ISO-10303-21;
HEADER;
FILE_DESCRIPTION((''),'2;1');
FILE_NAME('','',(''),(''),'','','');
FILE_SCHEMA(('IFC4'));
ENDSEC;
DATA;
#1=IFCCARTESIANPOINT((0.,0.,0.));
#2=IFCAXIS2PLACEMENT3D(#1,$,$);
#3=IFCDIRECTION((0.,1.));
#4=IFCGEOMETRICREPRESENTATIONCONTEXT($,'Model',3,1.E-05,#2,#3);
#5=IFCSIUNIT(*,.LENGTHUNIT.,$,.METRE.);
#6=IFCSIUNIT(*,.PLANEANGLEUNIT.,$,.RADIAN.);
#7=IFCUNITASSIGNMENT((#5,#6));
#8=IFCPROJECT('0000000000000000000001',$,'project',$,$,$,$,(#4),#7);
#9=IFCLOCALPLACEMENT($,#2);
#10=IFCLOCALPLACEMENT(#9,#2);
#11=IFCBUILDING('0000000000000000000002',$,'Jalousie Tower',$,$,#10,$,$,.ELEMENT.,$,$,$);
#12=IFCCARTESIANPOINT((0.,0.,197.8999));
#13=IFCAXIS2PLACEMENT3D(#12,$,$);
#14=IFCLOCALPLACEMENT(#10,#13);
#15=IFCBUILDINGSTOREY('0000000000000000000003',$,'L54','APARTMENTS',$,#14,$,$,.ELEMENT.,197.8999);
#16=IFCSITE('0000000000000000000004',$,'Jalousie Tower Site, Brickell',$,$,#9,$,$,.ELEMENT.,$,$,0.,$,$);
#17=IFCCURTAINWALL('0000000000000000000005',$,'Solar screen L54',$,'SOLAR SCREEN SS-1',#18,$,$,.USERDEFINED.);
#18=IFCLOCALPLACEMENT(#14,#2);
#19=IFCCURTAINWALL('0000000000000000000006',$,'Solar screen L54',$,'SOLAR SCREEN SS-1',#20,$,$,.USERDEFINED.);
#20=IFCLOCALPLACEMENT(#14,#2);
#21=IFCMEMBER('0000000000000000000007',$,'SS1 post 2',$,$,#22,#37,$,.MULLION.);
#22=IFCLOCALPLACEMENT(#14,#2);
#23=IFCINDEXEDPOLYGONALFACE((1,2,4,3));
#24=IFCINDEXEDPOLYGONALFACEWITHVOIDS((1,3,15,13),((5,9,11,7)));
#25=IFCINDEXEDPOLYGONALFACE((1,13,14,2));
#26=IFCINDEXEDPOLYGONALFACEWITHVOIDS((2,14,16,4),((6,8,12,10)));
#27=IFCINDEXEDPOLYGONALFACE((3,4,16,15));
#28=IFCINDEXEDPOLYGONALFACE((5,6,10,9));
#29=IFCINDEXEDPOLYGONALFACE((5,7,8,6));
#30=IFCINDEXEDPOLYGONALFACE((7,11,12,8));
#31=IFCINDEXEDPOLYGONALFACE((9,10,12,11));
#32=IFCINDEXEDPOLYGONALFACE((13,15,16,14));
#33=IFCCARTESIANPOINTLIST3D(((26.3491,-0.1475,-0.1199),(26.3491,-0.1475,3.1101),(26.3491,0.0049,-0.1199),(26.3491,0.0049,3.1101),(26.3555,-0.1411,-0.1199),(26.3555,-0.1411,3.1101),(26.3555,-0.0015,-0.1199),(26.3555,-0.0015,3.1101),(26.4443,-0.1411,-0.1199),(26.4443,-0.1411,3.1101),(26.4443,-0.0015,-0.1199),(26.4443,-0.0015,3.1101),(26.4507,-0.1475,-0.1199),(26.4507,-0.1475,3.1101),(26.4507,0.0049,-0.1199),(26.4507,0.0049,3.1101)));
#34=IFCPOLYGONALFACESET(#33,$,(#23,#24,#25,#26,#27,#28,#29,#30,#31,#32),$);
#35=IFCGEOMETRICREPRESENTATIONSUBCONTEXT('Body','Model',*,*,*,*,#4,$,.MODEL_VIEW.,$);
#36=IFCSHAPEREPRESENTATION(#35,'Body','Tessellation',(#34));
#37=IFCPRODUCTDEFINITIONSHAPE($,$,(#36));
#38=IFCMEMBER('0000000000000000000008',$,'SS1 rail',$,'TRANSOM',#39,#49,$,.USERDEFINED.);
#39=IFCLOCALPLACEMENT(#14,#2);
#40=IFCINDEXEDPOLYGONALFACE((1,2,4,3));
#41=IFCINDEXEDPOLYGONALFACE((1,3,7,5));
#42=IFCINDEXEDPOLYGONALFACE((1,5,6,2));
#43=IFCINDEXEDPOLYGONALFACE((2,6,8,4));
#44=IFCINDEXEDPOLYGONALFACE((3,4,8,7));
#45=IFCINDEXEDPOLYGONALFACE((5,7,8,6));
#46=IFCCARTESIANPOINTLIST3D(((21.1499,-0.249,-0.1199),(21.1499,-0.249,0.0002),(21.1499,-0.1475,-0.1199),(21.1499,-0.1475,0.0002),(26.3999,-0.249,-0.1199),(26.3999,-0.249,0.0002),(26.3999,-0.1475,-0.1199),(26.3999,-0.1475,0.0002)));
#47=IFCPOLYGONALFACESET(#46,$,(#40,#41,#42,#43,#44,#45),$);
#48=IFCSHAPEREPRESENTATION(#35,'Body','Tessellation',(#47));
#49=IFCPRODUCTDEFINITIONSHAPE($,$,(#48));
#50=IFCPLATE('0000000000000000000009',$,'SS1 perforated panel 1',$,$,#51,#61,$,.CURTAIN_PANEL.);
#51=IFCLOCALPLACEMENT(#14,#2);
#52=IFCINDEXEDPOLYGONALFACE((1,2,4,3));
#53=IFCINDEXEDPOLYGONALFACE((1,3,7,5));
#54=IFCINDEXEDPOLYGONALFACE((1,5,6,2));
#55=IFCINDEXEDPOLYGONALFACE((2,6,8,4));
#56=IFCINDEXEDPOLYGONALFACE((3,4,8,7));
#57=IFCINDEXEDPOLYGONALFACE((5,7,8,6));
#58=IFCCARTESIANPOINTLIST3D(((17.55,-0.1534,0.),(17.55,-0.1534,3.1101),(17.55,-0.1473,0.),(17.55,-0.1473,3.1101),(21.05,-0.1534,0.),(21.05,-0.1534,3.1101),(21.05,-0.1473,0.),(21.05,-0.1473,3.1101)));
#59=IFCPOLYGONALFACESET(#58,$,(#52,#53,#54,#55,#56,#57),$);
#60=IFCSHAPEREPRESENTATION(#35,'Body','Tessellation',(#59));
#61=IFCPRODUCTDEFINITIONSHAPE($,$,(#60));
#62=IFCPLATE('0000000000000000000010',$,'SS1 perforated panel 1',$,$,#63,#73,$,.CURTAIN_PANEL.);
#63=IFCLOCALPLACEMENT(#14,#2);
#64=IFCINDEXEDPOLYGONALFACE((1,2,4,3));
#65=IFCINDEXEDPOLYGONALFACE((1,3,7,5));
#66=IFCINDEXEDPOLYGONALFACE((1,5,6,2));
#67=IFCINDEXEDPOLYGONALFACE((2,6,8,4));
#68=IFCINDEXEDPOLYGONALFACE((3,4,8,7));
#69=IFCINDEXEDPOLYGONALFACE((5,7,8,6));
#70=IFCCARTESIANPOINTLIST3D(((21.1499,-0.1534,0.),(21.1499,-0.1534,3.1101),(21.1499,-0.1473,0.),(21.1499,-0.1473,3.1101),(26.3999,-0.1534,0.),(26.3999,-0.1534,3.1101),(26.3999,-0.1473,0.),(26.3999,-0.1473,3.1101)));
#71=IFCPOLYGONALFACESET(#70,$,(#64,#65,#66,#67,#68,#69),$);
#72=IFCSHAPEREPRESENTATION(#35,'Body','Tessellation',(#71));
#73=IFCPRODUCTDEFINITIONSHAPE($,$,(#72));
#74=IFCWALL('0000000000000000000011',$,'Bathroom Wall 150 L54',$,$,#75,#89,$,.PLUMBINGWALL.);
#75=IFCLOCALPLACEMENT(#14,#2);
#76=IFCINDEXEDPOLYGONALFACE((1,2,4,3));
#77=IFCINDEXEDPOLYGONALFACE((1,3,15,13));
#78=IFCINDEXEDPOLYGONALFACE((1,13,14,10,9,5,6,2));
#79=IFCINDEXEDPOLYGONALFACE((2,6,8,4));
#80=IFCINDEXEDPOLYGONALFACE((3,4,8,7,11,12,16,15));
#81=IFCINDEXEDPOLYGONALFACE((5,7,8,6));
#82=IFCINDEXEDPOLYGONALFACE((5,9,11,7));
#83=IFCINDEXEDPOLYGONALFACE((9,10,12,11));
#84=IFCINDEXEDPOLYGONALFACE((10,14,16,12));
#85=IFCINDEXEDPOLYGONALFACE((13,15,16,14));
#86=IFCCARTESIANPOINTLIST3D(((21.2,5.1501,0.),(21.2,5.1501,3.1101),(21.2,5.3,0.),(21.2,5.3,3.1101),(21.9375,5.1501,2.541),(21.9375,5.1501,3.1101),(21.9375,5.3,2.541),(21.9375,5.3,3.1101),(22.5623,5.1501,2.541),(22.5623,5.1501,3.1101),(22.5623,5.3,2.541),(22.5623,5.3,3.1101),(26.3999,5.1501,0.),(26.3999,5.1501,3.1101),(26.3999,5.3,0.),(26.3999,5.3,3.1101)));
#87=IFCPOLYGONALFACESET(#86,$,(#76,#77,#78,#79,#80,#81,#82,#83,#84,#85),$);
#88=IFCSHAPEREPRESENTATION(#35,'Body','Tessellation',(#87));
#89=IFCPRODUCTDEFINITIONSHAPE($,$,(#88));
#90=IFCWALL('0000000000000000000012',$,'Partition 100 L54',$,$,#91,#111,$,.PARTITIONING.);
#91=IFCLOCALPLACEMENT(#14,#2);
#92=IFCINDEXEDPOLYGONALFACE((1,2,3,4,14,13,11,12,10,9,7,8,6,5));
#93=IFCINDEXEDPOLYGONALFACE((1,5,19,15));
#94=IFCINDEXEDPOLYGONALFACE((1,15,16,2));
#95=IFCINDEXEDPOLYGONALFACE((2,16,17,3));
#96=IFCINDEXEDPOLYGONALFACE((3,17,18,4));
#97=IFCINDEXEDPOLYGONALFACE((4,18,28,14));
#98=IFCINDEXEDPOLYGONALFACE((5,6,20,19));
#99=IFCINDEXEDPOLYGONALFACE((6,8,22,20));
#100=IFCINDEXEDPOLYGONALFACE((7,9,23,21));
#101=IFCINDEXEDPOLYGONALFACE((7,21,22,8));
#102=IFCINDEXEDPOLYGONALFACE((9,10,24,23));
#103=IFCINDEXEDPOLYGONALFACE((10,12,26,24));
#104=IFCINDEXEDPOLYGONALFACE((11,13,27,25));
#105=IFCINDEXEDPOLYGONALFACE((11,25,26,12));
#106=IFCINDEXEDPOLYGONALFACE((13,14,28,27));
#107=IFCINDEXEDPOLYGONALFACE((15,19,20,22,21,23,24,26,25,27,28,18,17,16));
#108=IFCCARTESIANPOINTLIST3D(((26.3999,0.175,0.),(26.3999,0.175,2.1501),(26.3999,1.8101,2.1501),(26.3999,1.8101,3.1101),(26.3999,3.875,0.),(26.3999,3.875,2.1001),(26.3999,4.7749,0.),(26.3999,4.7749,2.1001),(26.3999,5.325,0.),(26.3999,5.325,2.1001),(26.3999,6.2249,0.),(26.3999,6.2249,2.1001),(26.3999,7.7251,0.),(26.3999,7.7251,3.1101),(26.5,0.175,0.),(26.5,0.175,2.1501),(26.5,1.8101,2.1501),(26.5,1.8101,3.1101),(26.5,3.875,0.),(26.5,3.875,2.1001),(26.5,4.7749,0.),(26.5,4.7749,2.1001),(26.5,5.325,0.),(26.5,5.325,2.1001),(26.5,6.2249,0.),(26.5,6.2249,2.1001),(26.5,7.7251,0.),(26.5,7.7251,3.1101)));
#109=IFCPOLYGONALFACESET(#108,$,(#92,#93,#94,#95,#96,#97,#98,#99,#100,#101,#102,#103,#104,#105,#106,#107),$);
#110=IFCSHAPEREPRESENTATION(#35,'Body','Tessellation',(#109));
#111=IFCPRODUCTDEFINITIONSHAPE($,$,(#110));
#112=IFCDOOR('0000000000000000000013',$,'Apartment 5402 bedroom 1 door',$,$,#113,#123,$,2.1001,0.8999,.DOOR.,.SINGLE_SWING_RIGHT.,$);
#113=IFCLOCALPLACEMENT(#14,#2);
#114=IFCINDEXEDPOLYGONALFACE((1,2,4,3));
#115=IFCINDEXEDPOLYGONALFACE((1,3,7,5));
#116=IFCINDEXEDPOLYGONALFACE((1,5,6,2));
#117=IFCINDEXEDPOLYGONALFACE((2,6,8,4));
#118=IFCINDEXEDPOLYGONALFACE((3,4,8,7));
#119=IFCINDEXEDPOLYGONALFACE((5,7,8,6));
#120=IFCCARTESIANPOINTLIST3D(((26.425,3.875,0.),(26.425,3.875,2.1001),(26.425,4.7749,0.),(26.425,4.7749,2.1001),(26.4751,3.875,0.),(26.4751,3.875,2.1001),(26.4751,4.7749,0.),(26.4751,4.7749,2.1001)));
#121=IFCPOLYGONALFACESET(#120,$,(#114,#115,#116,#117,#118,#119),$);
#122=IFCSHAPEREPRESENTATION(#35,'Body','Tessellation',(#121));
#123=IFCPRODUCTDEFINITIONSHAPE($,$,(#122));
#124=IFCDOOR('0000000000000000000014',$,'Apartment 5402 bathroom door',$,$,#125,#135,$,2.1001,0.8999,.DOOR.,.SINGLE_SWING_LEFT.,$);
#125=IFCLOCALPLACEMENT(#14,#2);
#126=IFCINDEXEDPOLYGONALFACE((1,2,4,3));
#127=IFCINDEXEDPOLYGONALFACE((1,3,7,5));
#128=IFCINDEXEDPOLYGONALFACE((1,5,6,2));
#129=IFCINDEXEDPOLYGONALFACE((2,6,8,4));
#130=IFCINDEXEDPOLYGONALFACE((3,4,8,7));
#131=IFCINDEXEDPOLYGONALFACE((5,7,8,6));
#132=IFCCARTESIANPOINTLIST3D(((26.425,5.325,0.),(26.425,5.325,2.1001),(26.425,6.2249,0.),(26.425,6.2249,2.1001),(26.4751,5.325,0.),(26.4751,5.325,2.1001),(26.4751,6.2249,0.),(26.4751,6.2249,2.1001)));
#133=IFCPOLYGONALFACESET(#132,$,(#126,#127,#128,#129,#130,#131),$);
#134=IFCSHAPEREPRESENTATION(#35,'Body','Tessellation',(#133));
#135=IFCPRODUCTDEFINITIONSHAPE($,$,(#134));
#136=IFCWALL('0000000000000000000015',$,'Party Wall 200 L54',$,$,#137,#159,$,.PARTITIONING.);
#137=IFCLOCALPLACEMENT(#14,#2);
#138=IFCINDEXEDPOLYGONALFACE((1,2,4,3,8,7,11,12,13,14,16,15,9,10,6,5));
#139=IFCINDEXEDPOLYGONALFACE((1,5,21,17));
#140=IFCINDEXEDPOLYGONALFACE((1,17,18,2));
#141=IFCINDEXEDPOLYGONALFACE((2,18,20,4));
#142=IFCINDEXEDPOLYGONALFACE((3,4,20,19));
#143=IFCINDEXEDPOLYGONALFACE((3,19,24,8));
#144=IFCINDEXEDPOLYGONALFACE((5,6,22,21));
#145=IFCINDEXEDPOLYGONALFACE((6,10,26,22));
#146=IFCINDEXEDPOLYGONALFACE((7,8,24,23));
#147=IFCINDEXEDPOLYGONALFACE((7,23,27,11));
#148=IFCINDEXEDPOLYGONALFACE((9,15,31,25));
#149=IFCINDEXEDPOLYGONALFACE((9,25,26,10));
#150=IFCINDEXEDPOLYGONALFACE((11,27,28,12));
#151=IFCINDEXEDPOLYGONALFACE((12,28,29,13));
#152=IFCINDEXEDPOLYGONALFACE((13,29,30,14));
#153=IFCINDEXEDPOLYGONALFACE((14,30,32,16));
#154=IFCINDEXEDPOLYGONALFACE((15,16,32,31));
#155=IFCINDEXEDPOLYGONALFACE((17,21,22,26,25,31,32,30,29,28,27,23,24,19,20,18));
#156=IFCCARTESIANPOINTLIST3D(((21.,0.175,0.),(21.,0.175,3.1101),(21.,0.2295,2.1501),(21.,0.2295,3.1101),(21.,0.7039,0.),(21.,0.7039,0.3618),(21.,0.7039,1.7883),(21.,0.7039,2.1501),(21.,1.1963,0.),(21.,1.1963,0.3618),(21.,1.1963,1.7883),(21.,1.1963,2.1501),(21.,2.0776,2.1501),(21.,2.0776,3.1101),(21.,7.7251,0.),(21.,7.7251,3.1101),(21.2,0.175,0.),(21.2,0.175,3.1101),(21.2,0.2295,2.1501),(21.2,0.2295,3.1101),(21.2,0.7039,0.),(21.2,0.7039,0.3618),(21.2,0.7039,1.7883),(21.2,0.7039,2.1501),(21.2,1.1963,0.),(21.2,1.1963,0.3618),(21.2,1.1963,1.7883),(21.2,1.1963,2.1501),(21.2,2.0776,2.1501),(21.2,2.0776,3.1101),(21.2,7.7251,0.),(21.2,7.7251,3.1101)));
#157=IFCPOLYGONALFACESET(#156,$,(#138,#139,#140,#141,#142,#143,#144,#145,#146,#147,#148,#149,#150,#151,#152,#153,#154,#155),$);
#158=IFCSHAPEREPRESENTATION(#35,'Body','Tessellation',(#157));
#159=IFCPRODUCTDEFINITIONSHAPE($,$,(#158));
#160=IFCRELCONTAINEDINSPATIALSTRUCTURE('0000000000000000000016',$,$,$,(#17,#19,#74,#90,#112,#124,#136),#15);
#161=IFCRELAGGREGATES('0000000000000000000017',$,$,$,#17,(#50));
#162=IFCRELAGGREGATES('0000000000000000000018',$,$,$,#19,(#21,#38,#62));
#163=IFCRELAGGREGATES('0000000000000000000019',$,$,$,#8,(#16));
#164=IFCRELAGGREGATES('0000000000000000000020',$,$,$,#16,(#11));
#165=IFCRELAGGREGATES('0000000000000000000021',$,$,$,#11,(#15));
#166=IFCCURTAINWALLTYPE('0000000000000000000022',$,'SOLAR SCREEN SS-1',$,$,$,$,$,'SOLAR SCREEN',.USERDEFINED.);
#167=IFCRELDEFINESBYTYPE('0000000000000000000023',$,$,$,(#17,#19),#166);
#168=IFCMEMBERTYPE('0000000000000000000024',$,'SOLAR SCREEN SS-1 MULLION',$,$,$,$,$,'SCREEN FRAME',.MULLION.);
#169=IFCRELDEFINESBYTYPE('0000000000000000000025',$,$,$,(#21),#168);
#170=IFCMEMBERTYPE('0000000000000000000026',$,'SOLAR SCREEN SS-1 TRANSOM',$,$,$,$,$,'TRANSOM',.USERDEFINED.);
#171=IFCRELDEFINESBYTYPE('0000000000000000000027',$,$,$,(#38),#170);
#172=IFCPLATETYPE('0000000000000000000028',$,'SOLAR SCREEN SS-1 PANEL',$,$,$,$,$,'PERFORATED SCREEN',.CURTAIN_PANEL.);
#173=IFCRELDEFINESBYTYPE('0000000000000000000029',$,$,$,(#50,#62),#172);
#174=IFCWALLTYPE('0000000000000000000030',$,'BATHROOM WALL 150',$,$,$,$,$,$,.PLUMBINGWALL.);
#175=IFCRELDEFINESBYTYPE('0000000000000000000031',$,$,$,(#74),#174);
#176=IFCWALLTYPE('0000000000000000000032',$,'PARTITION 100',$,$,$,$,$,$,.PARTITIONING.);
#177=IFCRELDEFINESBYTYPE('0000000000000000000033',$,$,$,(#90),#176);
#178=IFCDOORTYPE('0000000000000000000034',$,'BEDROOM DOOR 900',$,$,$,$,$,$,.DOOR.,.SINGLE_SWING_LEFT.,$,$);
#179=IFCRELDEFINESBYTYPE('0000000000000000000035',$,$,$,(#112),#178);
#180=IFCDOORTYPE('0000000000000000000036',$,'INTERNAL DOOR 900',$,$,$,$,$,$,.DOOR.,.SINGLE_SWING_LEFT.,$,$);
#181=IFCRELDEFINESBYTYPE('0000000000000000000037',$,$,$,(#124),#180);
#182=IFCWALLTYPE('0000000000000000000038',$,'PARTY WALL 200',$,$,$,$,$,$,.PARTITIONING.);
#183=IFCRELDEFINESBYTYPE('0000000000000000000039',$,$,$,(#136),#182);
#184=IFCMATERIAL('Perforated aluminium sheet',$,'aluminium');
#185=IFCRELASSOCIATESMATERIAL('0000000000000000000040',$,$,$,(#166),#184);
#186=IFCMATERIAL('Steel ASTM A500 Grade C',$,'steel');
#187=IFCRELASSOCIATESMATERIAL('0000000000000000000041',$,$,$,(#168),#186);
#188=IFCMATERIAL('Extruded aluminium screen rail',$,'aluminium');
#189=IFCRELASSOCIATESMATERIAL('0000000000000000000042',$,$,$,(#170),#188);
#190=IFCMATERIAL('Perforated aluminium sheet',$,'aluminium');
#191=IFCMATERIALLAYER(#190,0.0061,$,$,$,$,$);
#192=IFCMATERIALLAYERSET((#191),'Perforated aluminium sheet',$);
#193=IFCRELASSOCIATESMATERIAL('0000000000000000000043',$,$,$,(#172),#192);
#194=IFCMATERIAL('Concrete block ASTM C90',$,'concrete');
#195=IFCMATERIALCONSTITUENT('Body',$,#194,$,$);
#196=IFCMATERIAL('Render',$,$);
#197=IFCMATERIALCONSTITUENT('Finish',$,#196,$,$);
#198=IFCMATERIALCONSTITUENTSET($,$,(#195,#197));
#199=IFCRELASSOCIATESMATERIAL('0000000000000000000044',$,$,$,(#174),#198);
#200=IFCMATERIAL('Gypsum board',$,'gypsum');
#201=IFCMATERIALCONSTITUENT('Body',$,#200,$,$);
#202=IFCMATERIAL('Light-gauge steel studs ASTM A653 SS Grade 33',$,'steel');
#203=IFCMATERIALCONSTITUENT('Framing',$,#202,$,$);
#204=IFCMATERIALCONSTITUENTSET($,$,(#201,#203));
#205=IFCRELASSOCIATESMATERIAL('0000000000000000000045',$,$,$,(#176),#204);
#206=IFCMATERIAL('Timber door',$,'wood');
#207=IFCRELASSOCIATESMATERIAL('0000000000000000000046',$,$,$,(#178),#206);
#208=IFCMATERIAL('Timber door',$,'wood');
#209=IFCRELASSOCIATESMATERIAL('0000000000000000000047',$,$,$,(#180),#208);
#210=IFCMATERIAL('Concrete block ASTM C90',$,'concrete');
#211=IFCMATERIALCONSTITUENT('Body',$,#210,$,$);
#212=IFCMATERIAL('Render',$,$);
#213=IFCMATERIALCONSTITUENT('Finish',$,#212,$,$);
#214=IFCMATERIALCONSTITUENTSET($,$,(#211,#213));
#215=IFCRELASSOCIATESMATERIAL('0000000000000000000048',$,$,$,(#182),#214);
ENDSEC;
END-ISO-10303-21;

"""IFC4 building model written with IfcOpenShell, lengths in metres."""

from ifc_helpers import new_model, si_unit, direction, frame, frame_2d, origin, origin_2d, place, context, subcontext, project, spatial, polyline, rectangle, hollow_rectangle, outline, extrude, material, layer, layer_set, constituent, constituent_set, material_profile, profile_set, type_object, element, fill, aggregate, save


model = new_model("IFC4")

# Units and contexts
model_context = context("Model", 3, precision=1e-05, world=origin(), true_north=direction((0.0, 1.0)))
body_context = subcontext(model_context, "Body", "Model", "MODEL_VIEW")
ifc_project = project(units=[si_unit("LENGTHUNIT", "METRE"), si_unit("PLANEANGLEUNIT", "RADIAN")], contexts=[model_context])

# Site, building, storey
site_placement = place(None, origin())
site = spatial("IfcSite", under=ifc_project, at=site_placement, Name="Jalousie Tower Site, Brickell", CompositionType="ELEMENT", RefElevation=0.0)
building_placement = place(site_placement, origin())
building = spatial("IfcBuilding", under=site, at=building_placement, Name="Jalousie Tower", CompositionType="ELEMENT")
storey_placement = place(building_placement, frame((0.0, 0.0, 197.8999)))
storey = spatial("IfcBuildingStorey", under=building, at=storey_placement, Name="L54", Description="APARTMENTS", CompositionType="ELEMENT", Elevation=197.8999)

# Curtain wall
ifc_material_1 = material(Name="Perforated aluminium sheet", Category="aluminium")
curtain_wall_type = type_object("IfcCurtainWallType", Name="SOLAR SCREEN SS-1", ElementType="SOLAR SCREEN", PredefinedType="USERDEFINED", material=ifc_material_1)
curtain_wall_1_placement = place(storey_placement, origin())
curtain_wall_1 = element("IfcCurtainWall", 1, at=curtain_wall_1_placement, inside=storey, type_object=curtain_wall_type, Name="Solar screen L54", ObjectType="SOLAR SCREEN SS-1", PredefinedType="USERDEFINED")
ifc_material_2 = material(Name="Steel ASTM A500 Grade C", Category="steel")
ifc_material_profile_1 = material_profile(ifc_material_2, hollow_rectangle(XDim=0.1016, YDim=0.1523, WallThickness=0.0063, at=origin_2d()), Name="HSS6X4X1/4")
ifc_profile_set_1 = profile_set([ifc_material_profile_1], Name="Steel ASTM A500 Grade C")
member_type_1 = type_object("IfcMemberType", Name="SOLAR SCREEN SS-1 MULLION", ElementType="SCREEN FRAME", PredefinedType="MULLION", material=ifc_profile_set_1)

# Curtain wall, members
curtain_wall_2_placement = place(storey_placement, origin())
curtain_wall_2 = element("IfcCurtainWall", 2, at=curtain_wall_2_placement, inside=storey, type_object=curtain_wall_type, Name="Solar screen L54", ObjectType="SOLAR SCREEN SS-1", PredefinedType="USERDEFINED")
member_1_placement = place(storey_placement, frame((26.3999, -0.0713, -0.1199), z_axis=(0.0, 0.0, 1.0), x_axis=(1.0, 0.0, 0.0)))
member_1 = element("IfcMember", 3, at=member_1_placement, type_object=member_type_1, Name="SS1 post 2", PredefinedType="MULLION", context=body_context, shape_type="SweptSolid", body=[
    extrude(hollow_rectangle(XDim=0.1016, YDim=0.1523, WallThickness=0.0063, at=origin_2d()), origin(), (0.0, 0.0, 1.0), 3.23),
])
ifc_material_3 = material(Name="Extruded aluminium screen rail", Category="aluminium")
ifc_material_profile_2 = material_profile(ifc_material_3, rectangle(XDim=0.1016, YDim=0.1201, at=origin_2d()), Name="RAIL 102x120")
ifc_profile_set_2 = profile_set([ifc_material_profile_2], Name="Extruded aluminium screen rail")
member_type_2 = type_object("IfcMemberType", Name="SOLAR SCREEN SS-1 TRANSOM", ElementType="TRANSOM", PredefinedType="USERDEFINED", material=ifc_profile_set_2)
member_2_placement = place(storey_placement, frame((21.1499, -0.1982, -0.0598), z_axis=(1.0, 0.0, 0.0), x_axis=(0.0, 1.0, 0.0)))
member_2 = element("IfcMember", 4, at=member_2_placement, type_object=member_type_2, Name="SS1 rail", ObjectType="TRANSOM", PredefinedType="USERDEFINED", context=body_context, shape_type="SweptSolid", body=[
    extrude(rectangle(XDim=0.1016, YDim=0.1201, at=origin_2d()), origin(), (0.0, 0.0, 1.0), 5.25),
])

# Plates
ifc_material_4 = material(Name="Perforated aluminium sheet", Category="aluminium")
ifc_layer_1 = layer(ifc_material_4, 0.0061)
ifc_layer_set_1 = layer_set([ifc_layer_1], Name="Perforated aluminium sheet")
plate_type = type_object("IfcPlateType", Name="SOLAR SCREEN SS-1 PANEL", ElementType="PERFORATED SCREEN", PredefinedType="CURTAIN_PANEL", material=ifc_layer_set_1)
plate_1_placement = place(storey_placement, frame((19.3, -0.1504, 0.0), z_axis=(0.0, 0.0, 1.0), x_axis=(1.0, 0.0, 0.0)))
plate_1 = element("IfcPlate", 5, at=plate_1_placement, type_object=plate_type, Name="SS1 perforated panel 1", PredefinedType="CURTAIN_PANEL", context=body_context, shape_type="SweptSolid", body=[
    extrude(rectangle(XDim=3.5, YDim=0.0061, at=origin_2d()), origin(), (0.0, 0.0, 1.0), 3.1101),
])
aggregate(curtain_wall_1, [plate_1])
plate_2_placement = place(storey_placement, frame((23.7749, -0.1504, 0.0), z_axis=(0.0, 0.0, 1.0), x_axis=(1.0, 0.0, 0.0)))
plate_2 = element("IfcPlate", 6, at=plate_2_placement, type_object=plate_type, Name="SS1 perforated panel 1", PredefinedType="CURTAIN_PANEL", context=body_context, shape_type="SweptSolid", body=[
    extrude(rectangle(XDim=5.25, YDim=0.0061, at=origin_2d()), origin(), (0.0, 0.0, 1.0), 3.1101),
])
aggregate(curtain_wall_2, [member_1, member_2, plate_2])

# Wall
ifc_material_5 = material(Name="Concrete block ASTM C90", Category="concrete")
ifc_constituent_1 = constituent(ifc_material_5, Name="Body")
ifc_material_6 = material(Name="Render")
ifc_constituent_2 = constituent(ifc_material_6, Name="Finish")
ifc_constituent_set_1 = constituent_set(constituents=[ifc_constituent_1, ifc_constituent_2])
wall_type_1 = type_object("IfcWallType", Name="BATHROOM WALL 150", PredefinedType="PLUMBINGWALL", material=ifc_constituent_set_1)
wall_1_placement = place(storey_placement, frame((21.2, 5.2251, 0.0), z_axis=(0.0, 0.0, 1.0), x_axis=(1.0, 0.0, 0.0)))
element("IfcWall", 7, at=wall_1_placement, inside=storey, type_object=wall_type_1, Name="Bathroom Wall 150 L54", PredefinedType="PLUMBINGWALL", context=body_context, shape_type="SweptSolid", body=[
    extrude(outline(polyline([(0.0, 0.0), (5.2, 0.0), (5.2, 3.1101), (1.3623, 3.1101), (1.3623, 2.541), (0.7375, 2.541), (0.7375, 3.1101), (0.0, 3.1101), (0.0, 0.0)])), frame((0.0, 0.075, 0.0), z_axis=(0.0, -1.0, 0.0), x_axis=(1.0, 0.0, 0.0)), (0.0, 0.0, 1.0), 0.1499),
])

# Wall, openings, doors
ifc_material_7 = material(Name="Gypsum board", Category="gypsum")
ifc_constituent_3 = constituent(ifc_material_7, Name="Body")
ifc_material_8 = material(Name="Light-gauge steel studs ASTM A653 SS Grade 33", Category="steel")
ifc_constituent_4 = constituent(ifc_material_8, Name="Framing")
ifc_constituent_set_2 = constituent_set(constituents=[ifc_constituent_3, ifc_constituent_4])
wall_type_2 = type_object("IfcWallType", Name="PARTITION 100", PredefinedType="PARTITIONING", material=ifc_constituent_set_2)
wall_2_placement = place(storey_placement, frame((26.45, 0.175, 0.0), z_axis=(0.0, 0.0, 1.0), x_axis=(0.0, 1.0, 0.0)))
wall_2 = element("IfcWall", 8, at=wall_2_placement, inside=storey, type_object=wall_type_2, Name="Partition 100 L54", PredefinedType="PARTITIONING", context=body_context, shape_type="SweptSolid", body=[
    extrude(outline(polyline([(0.0, 0.0), (7.55, 0.0), (7.55, 3.1101), (1.635, 3.1101), (1.635, 2.1501), (0.0, 2.1501), (0.0, 3.1101), (0.0, 0.0)])), frame((0.0, 0.05, 0.0), z_axis=(0.0, -1.0, 0.0), x_axis=(1.0, 0.0, 0.0)), (0.0, 0.0, 1.0), 0.1001),
])
opening_1_placement = place(wall_2_placement, frame((3.7, 0.0, 0.0)))
opening_1 = element("IfcOpeningElement", 9, at=opening_1_placement, cuts=wall_2, PredefinedType="OPENING", context=body_context, shape_type="SweptSolid", body=[
    extrude(rectangle(XDim=0.8999, YDim=2.1001, at=frame_2d((0.45, 1.05))), frame((0.0, 0.0601, 0.0), z_axis=(0.0, -1.0, 0.0), x_axis=(1.0, 0.0, 0.0)), (0.0, 0.0, 1.0), 0.1201),
])
opening_2_placement = place(wall_2_placement, frame((5.1499, 0.0, 0.0)))
opening_2 = element("IfcOpeningElement", 10, at=opening_2_placement, cuts=wall_2, PredefinedType="OPENING", context=body_context, shape_type="SweptSolid", body=[
    extrude(rectangle(XDim=0.8999, YDim=2.1001, at=frame_2d((0.45, 1.05))), frame((0.0, 0.0601, 0.0), z_axis=(0.0, -1.0, 0.0), x_axis=(1.0, 0.0, 0.0)), (0.0, 0.0, 1.0), 0.1201),
])
ifc_material_9 = material(Name="Timber door", Category="wood")
door_type_1 = type_object("IfcDoorType", Name="BEDROOM DOOR 900", OperationType="SINGLE_SWING_LEFT", PredefinedType="DOOR", material=ifc_material_9)
door_1_placement = place(opening_1_placement, origin())
door_1 = element("IfcDoor", 11, at=door_1_placement, inside=storey, type_object=door_type_1, Name="Apartment 5402 bedroom 1 door", OperationType="SINGLE_SWING_RIGHT", OverallHeight=2.1001, OverallWidth=0.8999, PredefinedType="DOOR", context=body_context, shape_type="SweptSolid", body=[
    extrude(rectangle(XDim=0.8999, YDim=2.1001, at=frame_2d((0.45, 1.05))), frame((0.0, 0.0249, 0.0), z_axis=(0.0, -1.0, 0.0), x_axis=(1.0, 0.0, 0.0)), (0.0, 0.0, 1.0), 0.05),
])
fill(opening_1, door_1)
ifc_material_10 = material(Name="Timber door", Category="wood")
door_type_2 = type_object("IfcDoorType", Name="INTERNAL DOOR 900", OperationType="SINGLE_SWING_LEFT", PredefinedType="DOOR", material=ifc_material_10)
door_2_placement = place(opening_2_placement, origin())
door_2 = element("IfcDoor", 12, at=door_2_placement, inside=storey, type_object=door_type_2, Name="Apartment 5402 bathroom door", OperationType="SINGLE_SWING_LEFT", OverallHeight=2.1001, OverallWidth=0.8999, PredefinedType="DOOR", context=body_context, shape_type="SweptSolid", body=[
    extrude(rectangle(XDim=0.8999, YDim=2.1001, at=frame_2d((0.45, 1.05))), frame((0.0, 0.0249, 0.0), z_axis=(0.0, -1.0, 0.0), x_axis=(1.0, 0.0, 0.0)), (0.0, 0.0, 1.0), 0.05),
])
fill(opening_2, door_2)

# Wall
ifc_material_11 = material(Name="Concrete block ASTM C90", Category="concrete")
ifc_constituent_5 = constituent(ifc_material_11, Name="Body")
ifc_material_12 = material(Name="Render")
ifc_constituent_6 = constituent(ifc_material_12, Name="Finish")
ifc_constituent_set_3 = constituent_set(constituents=[ifc_constituent_5, ifc_constituent_6])
wall_type_3 = type_object("IfcWallType", Name="PARTY WALL 200", PredefinedType="PARTITIONING", material=ifc_constituent_set_3)
wall_3_placement = place(storey_placement, frame((21.1001, 0.175, 0.0), z_axis=(0.0, 0.0, 1.0), x_axis=(0.0, 1.0, 0.0)))
element("IfcWall", 13, at=wall_3_placement, inside=storey, type_object=wall_type_3, Name="Party Wall 200 L54", PredefinedType="PARTITIONING", context=body_context, shape_type="SweptSolid", body=[
    extrude(outline(polyline([(0.0544, 3.1101), (0.0, 3.1101), (0.0, 0.0), (0.5288, 0.0), (0.5288, 0.3618), (1.0212, 0.3618), (1.0212, 0.0), (7.55, 0.0), (7.55, 3.1101), (1.9026, 3.1101), (1.9026, 2.1501), (1.0212, 2.1501), (1.0212, 1.7883), (0.5288, 1.7883), (0.5288, 2.1501), (0.0544, 2.1501), (0.0544, 3.1101)])), frame((0.0, 0.1001, 0.0), z_axis=(0.0, -1.0, 0.0), x_axis=(1.0, 0.0, 0.0)), (0.0, 0.0, 1.0), 0.2),
])

save(model, "model.ifc")
